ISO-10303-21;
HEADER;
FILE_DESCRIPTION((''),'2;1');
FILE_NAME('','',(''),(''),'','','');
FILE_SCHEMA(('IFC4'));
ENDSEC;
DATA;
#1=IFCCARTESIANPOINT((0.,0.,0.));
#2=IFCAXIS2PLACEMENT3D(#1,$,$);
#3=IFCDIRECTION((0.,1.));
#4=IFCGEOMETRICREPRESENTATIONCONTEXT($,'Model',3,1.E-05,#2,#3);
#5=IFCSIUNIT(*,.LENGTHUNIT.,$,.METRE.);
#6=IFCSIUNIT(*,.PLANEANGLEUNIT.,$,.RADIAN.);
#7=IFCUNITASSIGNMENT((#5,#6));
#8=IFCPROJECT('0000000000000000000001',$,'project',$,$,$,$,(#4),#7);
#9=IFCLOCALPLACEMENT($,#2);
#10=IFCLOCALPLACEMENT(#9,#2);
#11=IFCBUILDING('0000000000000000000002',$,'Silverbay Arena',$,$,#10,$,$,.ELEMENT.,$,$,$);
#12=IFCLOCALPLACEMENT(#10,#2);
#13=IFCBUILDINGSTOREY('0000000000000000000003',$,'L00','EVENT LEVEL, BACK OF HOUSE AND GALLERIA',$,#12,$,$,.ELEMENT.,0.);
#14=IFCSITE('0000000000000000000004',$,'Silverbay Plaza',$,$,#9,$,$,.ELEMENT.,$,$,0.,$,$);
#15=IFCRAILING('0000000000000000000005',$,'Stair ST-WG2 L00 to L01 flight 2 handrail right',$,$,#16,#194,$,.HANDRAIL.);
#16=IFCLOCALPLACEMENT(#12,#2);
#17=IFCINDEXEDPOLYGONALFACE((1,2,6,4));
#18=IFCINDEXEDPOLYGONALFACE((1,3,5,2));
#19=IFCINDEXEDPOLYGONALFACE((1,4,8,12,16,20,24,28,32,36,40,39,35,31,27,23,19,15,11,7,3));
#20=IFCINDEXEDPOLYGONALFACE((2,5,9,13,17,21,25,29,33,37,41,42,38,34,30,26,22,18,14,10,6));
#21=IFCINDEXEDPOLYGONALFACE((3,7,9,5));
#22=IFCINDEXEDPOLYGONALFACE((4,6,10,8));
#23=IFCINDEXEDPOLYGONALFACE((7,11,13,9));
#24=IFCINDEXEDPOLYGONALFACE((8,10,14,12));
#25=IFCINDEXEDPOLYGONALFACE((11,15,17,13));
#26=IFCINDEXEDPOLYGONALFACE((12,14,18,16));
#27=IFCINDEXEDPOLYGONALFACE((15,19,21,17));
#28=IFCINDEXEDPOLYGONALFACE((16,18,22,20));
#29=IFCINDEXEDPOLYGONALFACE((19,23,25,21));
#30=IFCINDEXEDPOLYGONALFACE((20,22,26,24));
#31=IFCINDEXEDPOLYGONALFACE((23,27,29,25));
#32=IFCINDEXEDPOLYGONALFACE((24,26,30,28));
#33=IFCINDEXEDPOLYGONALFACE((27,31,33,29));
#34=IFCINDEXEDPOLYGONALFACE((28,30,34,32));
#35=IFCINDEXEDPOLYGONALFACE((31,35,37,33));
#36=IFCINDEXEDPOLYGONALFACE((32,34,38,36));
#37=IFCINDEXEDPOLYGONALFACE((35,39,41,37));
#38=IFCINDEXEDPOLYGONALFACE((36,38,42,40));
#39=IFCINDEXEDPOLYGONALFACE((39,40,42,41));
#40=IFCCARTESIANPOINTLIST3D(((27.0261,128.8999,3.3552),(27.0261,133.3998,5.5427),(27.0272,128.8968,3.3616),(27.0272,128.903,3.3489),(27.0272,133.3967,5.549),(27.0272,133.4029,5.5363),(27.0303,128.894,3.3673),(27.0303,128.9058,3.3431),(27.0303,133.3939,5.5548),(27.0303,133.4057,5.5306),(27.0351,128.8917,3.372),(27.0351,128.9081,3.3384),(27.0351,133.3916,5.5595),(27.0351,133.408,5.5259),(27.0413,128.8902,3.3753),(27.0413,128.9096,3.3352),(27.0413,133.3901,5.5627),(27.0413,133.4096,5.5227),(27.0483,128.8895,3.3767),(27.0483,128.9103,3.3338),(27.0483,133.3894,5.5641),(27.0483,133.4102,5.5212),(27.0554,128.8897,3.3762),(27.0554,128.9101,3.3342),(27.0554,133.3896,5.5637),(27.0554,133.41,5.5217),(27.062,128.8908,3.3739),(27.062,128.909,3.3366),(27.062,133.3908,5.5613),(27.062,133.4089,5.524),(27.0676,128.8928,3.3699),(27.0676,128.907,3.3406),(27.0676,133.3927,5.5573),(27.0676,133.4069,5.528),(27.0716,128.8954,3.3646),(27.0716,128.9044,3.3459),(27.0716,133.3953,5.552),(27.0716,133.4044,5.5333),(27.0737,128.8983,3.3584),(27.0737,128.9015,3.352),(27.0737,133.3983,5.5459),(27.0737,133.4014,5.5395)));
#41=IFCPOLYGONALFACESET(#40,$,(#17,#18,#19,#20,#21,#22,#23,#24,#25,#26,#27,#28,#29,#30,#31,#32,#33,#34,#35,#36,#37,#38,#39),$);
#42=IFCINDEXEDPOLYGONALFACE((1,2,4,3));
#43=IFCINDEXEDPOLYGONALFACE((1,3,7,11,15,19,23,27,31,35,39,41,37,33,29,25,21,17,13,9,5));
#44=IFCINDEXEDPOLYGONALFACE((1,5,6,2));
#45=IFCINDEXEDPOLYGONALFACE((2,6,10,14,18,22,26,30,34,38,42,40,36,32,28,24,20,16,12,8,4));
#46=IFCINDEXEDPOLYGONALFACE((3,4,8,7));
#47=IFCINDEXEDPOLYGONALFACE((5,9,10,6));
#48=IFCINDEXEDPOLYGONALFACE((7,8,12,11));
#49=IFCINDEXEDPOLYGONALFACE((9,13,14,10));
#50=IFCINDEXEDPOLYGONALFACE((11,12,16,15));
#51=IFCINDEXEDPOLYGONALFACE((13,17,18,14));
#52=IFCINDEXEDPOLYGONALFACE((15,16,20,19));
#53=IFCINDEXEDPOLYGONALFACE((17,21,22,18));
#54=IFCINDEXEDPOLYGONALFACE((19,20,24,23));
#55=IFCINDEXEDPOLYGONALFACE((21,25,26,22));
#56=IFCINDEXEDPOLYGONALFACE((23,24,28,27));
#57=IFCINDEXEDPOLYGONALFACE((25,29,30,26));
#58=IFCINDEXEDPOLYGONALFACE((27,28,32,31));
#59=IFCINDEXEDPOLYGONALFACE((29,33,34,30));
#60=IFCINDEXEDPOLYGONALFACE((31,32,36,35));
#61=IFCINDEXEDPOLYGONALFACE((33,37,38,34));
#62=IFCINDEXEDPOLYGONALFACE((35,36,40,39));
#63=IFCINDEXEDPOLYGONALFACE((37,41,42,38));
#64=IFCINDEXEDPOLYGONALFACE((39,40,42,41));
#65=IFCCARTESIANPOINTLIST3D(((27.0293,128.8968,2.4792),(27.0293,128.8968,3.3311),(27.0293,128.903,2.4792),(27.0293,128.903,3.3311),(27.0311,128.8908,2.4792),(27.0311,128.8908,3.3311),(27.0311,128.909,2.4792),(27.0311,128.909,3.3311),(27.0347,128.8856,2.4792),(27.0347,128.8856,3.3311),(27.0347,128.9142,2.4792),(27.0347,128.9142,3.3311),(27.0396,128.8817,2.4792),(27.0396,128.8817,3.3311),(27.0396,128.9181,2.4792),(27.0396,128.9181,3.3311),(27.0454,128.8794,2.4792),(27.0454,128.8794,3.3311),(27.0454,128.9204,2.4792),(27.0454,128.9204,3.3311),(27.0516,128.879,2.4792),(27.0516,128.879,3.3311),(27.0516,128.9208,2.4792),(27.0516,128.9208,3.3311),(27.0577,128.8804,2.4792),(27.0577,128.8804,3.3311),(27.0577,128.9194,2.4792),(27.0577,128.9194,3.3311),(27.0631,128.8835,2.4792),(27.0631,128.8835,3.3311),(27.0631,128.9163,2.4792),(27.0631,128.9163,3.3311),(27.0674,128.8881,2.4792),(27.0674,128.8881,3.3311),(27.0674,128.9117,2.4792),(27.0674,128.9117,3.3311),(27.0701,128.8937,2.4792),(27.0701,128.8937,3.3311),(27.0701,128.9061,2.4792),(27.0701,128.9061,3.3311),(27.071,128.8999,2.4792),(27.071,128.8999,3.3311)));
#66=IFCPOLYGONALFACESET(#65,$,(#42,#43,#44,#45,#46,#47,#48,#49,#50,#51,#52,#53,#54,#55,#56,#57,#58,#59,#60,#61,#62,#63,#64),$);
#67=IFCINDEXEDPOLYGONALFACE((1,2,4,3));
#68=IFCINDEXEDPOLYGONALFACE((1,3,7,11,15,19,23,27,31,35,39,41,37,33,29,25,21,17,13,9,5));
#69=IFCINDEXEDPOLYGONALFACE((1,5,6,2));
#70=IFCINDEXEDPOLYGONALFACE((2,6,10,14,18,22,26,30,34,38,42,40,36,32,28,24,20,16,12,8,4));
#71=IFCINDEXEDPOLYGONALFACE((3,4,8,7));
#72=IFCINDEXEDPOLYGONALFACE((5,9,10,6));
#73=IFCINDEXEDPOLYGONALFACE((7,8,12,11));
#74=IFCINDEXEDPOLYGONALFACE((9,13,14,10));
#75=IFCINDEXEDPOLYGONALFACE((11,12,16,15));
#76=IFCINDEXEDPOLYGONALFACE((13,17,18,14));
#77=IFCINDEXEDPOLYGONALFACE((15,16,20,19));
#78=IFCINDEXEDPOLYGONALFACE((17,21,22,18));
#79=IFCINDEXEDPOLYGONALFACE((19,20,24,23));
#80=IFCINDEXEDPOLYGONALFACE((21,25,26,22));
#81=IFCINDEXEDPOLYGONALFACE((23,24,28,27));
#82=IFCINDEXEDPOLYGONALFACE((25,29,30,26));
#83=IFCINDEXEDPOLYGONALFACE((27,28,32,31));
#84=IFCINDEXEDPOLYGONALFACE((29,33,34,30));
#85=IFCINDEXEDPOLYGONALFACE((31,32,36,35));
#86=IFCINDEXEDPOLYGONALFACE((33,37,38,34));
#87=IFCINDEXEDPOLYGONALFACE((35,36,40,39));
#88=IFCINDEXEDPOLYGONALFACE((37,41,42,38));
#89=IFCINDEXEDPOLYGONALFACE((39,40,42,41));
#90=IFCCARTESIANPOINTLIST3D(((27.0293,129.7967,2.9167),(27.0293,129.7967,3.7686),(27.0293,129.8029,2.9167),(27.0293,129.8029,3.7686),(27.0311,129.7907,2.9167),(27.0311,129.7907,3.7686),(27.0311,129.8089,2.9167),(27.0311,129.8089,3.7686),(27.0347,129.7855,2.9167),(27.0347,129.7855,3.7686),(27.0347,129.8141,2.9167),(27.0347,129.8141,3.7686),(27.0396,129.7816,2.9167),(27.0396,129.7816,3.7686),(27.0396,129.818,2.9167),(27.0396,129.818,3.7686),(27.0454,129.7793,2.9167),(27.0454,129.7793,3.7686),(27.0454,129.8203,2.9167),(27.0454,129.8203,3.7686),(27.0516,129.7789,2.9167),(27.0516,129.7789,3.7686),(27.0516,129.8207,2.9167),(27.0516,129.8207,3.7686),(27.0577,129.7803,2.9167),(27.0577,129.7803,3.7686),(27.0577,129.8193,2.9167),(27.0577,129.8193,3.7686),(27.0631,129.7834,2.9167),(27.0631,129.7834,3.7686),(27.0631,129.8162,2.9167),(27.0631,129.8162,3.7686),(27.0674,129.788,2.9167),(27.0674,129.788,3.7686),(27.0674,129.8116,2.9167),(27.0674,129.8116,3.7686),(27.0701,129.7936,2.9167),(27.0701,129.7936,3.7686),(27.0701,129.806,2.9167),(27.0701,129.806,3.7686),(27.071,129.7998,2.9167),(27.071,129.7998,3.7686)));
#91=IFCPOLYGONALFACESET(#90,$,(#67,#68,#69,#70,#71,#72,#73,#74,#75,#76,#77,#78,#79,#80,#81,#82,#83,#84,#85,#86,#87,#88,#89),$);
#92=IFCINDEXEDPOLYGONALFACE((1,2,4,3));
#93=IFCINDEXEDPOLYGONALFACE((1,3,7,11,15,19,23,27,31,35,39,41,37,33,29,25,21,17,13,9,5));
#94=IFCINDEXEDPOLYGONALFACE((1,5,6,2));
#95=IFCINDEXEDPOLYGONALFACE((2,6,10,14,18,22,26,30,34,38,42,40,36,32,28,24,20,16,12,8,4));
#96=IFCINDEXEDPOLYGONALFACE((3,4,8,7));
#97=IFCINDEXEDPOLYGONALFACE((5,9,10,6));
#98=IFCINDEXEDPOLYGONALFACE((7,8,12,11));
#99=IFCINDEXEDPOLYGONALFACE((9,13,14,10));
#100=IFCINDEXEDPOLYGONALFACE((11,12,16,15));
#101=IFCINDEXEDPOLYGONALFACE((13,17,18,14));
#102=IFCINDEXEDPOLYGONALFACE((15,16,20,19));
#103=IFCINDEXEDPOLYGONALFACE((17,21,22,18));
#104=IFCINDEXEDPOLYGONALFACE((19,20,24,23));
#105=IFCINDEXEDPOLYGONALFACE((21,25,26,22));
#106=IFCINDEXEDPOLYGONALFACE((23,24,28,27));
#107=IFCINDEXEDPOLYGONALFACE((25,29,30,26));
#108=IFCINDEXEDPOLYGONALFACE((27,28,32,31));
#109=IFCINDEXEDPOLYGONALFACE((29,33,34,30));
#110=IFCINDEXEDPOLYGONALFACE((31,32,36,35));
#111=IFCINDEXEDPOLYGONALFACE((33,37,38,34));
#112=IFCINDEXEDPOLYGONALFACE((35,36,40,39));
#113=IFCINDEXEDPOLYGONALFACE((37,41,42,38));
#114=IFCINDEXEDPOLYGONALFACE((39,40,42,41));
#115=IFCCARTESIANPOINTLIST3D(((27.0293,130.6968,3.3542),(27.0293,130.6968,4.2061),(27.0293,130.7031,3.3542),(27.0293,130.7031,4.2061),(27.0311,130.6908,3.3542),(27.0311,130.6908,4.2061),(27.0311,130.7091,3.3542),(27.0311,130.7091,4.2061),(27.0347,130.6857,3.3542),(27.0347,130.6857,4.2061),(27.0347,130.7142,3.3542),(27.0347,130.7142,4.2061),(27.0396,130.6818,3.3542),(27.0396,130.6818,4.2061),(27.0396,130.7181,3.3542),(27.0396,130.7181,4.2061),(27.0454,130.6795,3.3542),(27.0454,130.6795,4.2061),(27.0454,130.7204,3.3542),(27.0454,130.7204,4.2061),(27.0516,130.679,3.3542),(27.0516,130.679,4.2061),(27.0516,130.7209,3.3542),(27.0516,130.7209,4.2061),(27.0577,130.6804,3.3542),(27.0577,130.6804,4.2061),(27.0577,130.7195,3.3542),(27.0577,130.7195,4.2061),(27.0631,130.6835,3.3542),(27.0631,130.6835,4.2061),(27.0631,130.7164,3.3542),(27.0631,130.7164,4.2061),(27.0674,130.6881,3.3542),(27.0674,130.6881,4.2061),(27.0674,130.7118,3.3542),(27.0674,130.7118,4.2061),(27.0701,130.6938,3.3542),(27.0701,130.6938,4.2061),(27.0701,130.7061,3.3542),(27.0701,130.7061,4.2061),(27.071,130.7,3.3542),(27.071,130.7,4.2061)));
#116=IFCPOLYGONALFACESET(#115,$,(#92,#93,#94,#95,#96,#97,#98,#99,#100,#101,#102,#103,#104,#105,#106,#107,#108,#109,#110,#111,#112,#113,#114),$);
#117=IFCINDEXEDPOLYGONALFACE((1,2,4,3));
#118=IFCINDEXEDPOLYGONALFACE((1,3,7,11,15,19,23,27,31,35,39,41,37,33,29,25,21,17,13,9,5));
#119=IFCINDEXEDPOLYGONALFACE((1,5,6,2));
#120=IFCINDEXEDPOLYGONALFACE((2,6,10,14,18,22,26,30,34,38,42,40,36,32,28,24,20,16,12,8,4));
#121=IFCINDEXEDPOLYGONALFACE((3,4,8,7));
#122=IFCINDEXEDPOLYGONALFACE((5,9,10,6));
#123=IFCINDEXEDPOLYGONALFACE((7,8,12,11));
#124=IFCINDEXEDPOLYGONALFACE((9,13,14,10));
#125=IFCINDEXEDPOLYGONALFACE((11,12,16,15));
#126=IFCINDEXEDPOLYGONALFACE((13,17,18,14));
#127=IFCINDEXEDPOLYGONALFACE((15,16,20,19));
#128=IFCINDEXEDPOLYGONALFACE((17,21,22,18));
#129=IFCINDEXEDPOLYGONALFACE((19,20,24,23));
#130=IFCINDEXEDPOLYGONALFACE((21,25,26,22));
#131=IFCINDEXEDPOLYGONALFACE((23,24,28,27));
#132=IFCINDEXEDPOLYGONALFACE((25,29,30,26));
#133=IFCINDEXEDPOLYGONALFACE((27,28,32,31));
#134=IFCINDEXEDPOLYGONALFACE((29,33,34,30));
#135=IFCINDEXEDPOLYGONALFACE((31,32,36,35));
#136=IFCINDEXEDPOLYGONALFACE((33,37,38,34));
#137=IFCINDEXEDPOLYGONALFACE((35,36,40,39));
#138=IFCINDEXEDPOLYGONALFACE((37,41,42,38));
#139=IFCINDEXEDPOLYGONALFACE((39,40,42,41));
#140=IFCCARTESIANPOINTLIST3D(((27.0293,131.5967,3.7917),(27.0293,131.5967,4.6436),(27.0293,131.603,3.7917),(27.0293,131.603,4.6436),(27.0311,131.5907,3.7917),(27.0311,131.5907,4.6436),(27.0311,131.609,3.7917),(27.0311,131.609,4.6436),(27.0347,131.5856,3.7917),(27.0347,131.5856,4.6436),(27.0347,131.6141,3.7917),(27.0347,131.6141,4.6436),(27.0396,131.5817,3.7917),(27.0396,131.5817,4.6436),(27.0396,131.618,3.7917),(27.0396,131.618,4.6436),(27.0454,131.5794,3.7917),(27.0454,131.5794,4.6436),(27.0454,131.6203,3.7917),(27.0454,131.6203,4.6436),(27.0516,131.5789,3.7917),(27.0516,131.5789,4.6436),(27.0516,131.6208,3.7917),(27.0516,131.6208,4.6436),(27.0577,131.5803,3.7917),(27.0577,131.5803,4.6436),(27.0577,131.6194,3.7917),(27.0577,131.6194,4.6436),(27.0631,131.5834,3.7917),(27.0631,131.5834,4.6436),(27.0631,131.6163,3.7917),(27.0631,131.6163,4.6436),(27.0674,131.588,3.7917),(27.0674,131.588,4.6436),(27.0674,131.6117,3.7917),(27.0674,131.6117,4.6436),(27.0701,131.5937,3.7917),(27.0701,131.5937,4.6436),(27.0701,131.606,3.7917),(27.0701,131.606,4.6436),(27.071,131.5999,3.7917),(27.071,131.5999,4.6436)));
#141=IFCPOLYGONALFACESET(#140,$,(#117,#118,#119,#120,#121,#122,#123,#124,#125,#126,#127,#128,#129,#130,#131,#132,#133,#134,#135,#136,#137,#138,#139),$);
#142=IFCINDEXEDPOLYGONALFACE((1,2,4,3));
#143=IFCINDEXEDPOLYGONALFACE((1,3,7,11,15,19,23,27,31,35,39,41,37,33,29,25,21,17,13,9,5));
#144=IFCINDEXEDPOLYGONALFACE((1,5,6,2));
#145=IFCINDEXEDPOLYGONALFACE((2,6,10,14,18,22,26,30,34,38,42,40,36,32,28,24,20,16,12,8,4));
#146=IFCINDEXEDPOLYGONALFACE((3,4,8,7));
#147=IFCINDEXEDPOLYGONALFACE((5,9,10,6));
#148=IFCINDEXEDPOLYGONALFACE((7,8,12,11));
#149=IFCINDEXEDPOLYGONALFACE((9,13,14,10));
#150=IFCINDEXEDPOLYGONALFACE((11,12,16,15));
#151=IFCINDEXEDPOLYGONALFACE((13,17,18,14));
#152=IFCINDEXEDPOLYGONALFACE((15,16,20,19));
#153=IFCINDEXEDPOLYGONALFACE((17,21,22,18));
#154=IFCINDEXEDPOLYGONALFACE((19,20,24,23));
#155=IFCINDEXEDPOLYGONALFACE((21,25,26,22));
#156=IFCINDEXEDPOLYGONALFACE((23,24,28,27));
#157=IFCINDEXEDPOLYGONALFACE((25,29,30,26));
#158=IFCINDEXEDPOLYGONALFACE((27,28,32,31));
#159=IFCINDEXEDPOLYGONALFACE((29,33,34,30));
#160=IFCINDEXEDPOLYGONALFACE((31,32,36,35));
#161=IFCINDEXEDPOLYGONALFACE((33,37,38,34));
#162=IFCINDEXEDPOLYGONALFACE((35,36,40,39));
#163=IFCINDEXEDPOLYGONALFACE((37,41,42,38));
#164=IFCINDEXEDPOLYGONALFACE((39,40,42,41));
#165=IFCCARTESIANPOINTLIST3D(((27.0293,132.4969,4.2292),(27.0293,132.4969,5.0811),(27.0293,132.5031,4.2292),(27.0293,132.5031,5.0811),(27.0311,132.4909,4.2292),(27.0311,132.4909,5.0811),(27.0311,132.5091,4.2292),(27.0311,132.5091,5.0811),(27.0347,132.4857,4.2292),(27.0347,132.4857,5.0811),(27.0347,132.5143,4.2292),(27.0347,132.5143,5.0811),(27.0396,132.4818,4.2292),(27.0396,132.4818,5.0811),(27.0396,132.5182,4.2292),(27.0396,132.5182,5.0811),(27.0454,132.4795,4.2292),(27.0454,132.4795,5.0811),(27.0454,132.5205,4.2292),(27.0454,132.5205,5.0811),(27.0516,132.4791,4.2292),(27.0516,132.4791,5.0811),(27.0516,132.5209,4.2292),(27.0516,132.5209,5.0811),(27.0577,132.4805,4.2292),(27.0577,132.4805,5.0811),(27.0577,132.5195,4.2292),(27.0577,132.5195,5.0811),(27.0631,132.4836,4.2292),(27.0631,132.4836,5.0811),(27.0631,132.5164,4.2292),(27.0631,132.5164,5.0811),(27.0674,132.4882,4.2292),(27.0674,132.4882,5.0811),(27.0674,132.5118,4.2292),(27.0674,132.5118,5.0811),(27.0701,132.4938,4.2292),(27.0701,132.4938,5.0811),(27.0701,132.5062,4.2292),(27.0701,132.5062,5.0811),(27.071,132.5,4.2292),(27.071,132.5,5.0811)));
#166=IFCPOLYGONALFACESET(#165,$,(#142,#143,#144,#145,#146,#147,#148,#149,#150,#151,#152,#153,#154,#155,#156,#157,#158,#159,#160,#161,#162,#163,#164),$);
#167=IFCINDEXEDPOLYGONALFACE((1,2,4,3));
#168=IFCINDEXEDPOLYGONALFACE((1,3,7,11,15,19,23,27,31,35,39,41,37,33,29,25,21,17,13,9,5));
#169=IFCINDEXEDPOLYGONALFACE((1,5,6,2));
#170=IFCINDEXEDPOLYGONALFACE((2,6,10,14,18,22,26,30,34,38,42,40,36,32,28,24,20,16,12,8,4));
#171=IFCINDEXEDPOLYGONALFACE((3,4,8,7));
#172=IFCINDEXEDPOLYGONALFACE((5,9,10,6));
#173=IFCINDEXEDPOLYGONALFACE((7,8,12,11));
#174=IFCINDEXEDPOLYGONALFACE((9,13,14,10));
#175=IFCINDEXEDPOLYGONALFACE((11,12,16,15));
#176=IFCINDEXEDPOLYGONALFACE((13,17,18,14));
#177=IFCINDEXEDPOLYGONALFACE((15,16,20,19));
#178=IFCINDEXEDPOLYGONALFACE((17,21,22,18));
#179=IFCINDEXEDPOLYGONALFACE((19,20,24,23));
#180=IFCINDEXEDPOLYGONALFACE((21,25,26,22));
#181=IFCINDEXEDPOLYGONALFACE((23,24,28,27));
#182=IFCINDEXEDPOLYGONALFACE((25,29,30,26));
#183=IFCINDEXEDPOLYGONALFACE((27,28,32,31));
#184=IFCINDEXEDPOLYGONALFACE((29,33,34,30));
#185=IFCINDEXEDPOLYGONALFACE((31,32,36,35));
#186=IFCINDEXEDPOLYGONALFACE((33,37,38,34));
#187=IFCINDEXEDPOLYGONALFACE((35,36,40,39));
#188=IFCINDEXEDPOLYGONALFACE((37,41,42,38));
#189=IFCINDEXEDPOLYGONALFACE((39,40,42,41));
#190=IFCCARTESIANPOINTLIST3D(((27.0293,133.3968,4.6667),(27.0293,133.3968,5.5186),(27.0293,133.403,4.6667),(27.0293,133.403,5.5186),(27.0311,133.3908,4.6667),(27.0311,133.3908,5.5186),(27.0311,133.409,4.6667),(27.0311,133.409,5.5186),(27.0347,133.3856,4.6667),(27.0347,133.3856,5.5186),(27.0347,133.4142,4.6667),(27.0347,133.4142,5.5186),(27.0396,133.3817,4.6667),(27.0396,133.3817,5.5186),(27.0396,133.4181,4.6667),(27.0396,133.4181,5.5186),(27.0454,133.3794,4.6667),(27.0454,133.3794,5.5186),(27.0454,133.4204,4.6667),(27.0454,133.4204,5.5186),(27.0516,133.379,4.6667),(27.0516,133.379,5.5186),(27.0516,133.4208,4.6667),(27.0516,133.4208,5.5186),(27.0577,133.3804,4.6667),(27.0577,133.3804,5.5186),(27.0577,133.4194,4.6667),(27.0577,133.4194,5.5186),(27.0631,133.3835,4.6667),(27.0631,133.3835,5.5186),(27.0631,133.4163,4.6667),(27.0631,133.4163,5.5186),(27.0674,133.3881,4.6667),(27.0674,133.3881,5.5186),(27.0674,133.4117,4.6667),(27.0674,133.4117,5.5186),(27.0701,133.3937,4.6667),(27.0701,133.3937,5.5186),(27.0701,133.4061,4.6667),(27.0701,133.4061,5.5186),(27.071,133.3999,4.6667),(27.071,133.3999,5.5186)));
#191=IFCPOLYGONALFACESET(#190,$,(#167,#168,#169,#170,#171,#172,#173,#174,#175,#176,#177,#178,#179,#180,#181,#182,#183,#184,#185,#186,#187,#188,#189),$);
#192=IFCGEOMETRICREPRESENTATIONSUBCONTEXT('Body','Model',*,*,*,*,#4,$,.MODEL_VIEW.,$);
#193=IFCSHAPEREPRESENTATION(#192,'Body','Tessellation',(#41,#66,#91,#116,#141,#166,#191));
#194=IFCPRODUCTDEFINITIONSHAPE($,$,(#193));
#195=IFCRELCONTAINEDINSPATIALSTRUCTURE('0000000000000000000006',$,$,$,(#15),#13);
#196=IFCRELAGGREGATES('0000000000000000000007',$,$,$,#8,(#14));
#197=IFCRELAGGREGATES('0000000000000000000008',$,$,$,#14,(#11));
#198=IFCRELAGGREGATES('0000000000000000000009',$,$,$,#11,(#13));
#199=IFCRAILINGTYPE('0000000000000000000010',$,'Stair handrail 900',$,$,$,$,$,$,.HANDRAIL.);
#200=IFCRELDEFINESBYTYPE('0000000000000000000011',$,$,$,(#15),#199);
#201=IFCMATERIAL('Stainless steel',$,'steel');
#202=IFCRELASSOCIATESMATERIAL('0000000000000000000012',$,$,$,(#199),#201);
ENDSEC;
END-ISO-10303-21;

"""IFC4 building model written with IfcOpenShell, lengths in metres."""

from ifc_helpers import new_model, si_unit, direction, frame, origin, origin_2d, place, context, subcontext, project, spatial, circle, extrude, material, type_object, element, save


model = new_model("IFC4")

# Units and contexts
model_context = context("Model", 3, precision=1e-05, world=origin(), true_north=direction((0.0, 1.0)))
body_context = subcontext(model_context, "Body", "Model", "MODEL_VIEW")
ifc_project = project(units=[si_unit("LENGTHUNIT", "METRE"), si_unit("PLANEANGLEUNIT", "RADIAN")], contexts=[model_context])

# Site, building, storey
site_placement = place(None, origin())
site = spatial("IfcSite", under=ifc_project, at=site_placement, Name="Silverbay Plaza", CompositionType="ELEMENT", RefElevation=0.0)
building_placement = place(site_placement, origin())
building = spatial("IfcBuilding", under=site, at=building_placement, Name="Silverbay Arena", CompositionType="ELEMENT")
storey_placement = place(building_placement, origin())
storey = spatial("IfcBuildingStorey", under=building, at=storey_placement, Name="L00", Description="EVENT LEVEL, BACK OF HOUSE AND GALLERIA", CompositionType="ELEMENT", Elevation=0.0)

# Railing
ifc_material_1 = material(Name="Stainless steel", Category="steel")
railing_type = type_object("IfcRailingType", Name="Stair handrail 900", PredefinedType="HANDRAIL", material=ifc_material_1)
railing_1_placement = place(storey_placement, frame((27.05, 128.8999, 2.4792)))
element("IfcRailing", 1, at=railing_1_placement, inside=storey, type_object=railing_type, Name="Stair ST-WG2 L00 to L01 flight 2 handrail right", PredefinedType="HANDRAIL", context=body_context, shape_type="SweptSolid", body=[
    extrude(circle(Radius=0.0239, at=origin_2d()), frame((0.0, 0.0, 0.876), z_axis=(0.0, 0.899368, 0.437193), x_axis=(-1.0, 0.0, 0.0)), (0.0, 0.0, 1.0), 5.0034),
    extrude(circle(Radius=0.021, at=origin_2d()), origin(), (0.0, 0.0, 1.0), 0.8518),
    extrude(circle(Radius=0.021, at=origin_2d()), frame((0.0, 0.8999, 0.4375)), (0.0, 0.0, 1.0), 0.8518),
    extrude(circle(Radius=0.021, at=origin_2d()), frame((0.0, 1.8, 0.875)), (0.0, 0.0, 1.0), 0.8518),
    extrude(circle(Radius=0.021, at=origin_2d()), frame((0.0, 2.7, 1.3125)), (0.0, 0.0, 1.0), 0.8518),
    extrude(circle(Radius=0.021, at=origin_2d()), frame((0.0, 3.6001, 1.75)), (0.0, 0.0, 1.0), 0.8518),
    extrude(circle(Radius=0.021, at=origin_2d()), frame((0.0, 4.5, 2.1875)), (0.0, 0.0, 1.0), 0.8518),
])

save(model, "model.ifc")
